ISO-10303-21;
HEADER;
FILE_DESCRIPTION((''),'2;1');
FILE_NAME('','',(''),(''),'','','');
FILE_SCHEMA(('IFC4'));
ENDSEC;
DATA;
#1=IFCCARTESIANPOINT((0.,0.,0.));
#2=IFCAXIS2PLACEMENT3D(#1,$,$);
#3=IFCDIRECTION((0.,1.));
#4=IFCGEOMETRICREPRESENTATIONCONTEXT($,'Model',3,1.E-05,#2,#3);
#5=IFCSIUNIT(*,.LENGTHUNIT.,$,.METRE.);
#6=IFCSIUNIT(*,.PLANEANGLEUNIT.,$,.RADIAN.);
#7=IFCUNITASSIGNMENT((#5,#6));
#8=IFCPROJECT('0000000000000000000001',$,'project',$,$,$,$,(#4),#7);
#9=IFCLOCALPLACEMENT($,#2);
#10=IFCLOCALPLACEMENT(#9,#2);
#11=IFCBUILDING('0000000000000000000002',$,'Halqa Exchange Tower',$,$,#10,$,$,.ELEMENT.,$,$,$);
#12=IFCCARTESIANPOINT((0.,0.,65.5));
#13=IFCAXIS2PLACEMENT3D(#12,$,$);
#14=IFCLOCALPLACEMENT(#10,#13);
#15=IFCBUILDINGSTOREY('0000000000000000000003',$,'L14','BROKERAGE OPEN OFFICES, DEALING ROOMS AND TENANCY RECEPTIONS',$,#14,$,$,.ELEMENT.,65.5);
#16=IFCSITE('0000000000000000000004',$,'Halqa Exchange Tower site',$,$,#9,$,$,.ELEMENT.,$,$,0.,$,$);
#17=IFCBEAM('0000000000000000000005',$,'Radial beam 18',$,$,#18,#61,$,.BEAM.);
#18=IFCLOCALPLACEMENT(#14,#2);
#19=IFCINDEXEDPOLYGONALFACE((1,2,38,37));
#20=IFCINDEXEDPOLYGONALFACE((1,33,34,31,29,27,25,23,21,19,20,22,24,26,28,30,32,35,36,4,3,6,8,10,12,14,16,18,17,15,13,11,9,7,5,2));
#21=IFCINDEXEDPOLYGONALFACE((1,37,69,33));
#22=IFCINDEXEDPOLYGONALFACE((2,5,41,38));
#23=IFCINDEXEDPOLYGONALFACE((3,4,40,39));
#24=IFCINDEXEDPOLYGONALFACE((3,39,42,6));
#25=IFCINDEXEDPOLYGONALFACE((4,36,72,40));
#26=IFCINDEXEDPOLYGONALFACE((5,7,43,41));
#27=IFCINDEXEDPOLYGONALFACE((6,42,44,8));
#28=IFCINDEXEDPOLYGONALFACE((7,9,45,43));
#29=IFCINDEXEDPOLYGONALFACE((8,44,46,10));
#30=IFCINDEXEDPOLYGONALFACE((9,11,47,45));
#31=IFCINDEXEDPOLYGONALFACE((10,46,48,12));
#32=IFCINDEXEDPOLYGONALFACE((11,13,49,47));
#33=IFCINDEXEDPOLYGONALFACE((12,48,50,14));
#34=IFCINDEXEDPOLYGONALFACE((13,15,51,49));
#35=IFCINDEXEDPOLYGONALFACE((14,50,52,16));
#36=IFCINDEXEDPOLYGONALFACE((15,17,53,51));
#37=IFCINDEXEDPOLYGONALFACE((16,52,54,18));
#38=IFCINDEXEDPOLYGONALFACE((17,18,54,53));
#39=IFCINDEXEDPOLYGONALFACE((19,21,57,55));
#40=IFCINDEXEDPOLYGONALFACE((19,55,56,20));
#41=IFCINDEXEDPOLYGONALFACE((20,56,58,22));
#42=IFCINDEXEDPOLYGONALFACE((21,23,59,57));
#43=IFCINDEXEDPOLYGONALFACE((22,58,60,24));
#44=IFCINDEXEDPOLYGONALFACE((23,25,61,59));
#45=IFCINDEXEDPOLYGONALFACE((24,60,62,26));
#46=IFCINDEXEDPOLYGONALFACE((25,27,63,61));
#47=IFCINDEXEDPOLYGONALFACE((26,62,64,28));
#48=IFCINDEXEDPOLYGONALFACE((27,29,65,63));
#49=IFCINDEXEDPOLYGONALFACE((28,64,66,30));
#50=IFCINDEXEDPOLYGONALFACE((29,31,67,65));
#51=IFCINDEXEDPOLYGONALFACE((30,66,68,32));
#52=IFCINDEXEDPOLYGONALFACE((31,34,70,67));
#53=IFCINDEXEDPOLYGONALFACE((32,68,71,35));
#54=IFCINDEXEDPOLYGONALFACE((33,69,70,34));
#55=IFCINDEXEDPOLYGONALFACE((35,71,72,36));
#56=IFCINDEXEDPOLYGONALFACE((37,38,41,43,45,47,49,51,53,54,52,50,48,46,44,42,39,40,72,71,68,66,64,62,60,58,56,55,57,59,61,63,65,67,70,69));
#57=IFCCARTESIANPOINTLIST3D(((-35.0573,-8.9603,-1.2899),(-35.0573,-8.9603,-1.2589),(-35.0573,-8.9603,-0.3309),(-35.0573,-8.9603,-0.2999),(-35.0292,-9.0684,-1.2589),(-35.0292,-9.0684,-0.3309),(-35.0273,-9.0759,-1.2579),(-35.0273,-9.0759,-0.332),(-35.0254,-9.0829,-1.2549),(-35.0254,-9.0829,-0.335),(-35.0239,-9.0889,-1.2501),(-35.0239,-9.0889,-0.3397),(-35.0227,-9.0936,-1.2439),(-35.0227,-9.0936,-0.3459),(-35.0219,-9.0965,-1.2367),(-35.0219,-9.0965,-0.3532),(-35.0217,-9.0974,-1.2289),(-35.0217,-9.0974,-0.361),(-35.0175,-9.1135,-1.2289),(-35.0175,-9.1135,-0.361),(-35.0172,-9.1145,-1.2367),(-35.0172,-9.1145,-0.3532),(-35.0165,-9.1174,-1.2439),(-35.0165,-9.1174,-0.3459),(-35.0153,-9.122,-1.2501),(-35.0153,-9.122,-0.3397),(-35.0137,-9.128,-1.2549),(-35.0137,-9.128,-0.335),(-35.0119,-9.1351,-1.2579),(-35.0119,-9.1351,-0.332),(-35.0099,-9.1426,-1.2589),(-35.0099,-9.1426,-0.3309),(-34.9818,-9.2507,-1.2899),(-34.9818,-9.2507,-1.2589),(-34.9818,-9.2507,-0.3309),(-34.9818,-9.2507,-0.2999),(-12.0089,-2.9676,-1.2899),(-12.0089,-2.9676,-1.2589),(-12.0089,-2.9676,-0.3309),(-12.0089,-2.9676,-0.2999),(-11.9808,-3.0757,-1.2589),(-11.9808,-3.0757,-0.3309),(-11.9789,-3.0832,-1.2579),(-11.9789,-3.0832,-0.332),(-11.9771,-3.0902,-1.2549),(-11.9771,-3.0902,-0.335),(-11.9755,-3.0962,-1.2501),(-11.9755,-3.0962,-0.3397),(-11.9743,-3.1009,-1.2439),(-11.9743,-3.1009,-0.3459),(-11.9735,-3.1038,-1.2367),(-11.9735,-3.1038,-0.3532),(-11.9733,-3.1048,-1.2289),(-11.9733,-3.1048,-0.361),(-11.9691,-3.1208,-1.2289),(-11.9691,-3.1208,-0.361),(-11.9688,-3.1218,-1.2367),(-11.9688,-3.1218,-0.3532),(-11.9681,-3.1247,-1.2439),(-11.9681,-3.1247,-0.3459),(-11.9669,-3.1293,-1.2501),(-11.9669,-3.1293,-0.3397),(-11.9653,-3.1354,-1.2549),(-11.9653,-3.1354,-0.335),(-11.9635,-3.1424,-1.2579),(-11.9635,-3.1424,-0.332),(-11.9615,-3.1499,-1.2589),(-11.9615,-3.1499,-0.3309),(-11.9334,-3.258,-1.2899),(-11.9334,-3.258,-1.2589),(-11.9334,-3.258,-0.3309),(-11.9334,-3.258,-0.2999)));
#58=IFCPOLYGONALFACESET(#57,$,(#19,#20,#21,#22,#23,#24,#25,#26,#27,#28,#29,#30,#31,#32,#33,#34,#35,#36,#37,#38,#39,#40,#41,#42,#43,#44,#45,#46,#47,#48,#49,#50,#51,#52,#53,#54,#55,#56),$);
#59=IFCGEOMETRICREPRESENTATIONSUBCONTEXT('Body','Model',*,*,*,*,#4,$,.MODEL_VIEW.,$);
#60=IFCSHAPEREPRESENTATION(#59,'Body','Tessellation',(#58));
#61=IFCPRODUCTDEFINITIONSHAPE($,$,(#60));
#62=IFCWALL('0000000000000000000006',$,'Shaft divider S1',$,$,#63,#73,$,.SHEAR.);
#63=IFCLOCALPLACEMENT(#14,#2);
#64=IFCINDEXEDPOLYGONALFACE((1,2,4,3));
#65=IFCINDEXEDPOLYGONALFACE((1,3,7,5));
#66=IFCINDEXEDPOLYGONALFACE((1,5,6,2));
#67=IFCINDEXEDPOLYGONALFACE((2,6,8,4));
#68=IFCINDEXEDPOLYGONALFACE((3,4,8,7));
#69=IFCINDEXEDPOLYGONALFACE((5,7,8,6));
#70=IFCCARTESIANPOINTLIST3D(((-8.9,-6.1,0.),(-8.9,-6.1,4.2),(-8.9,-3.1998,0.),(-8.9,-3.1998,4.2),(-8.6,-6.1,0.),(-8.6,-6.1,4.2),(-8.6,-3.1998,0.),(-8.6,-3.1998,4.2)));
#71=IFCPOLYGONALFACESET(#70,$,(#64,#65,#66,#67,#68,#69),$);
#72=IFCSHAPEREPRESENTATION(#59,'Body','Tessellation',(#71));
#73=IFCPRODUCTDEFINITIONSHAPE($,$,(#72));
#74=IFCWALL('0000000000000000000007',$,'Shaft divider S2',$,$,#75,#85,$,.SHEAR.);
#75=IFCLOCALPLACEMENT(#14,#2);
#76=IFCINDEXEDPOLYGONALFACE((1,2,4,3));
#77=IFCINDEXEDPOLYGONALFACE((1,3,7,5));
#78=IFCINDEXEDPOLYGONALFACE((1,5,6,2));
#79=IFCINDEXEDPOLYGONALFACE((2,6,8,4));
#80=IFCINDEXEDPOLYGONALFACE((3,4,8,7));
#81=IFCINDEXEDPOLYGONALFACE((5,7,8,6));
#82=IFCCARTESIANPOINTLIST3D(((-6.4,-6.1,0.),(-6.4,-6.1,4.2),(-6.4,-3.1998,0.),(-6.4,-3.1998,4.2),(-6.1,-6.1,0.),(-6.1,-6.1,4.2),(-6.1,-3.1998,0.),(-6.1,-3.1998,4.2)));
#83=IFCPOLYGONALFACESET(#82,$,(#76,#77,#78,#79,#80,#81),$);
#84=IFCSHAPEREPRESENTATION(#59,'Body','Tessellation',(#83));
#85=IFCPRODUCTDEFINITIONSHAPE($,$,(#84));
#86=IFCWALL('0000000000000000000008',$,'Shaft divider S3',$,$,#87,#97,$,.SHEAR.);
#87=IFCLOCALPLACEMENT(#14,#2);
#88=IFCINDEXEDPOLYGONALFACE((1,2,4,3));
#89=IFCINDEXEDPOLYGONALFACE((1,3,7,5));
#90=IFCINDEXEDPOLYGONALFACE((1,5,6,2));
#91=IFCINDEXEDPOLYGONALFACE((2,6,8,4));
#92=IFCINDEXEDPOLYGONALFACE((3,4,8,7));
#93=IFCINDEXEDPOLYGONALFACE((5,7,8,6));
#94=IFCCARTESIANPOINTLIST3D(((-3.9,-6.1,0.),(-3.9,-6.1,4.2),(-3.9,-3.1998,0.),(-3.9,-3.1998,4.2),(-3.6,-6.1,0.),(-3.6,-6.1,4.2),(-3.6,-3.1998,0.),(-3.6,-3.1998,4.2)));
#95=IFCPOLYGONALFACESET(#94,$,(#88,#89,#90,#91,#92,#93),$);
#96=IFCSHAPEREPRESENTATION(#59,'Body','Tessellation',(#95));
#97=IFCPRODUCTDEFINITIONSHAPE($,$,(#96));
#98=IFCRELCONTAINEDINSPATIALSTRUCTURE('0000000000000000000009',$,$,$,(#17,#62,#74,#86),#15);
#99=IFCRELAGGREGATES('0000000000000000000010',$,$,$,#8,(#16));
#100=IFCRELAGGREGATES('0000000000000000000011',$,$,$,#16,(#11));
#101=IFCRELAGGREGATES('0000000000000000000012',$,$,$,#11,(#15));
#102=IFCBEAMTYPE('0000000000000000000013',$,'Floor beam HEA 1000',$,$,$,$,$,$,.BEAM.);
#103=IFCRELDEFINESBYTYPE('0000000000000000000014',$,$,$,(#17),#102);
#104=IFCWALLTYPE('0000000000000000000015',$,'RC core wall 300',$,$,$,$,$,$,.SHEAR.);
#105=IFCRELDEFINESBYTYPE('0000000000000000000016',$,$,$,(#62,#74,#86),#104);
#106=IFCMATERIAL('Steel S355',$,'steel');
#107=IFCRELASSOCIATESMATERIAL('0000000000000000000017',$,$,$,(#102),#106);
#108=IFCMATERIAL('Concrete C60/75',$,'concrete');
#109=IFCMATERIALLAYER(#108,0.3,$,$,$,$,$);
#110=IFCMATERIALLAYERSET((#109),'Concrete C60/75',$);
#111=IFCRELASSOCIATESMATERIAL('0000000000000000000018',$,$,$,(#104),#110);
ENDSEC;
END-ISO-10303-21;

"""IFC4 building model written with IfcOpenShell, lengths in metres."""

from ifc_helpers import new_model, si_unit, direction, frame, frame_2d, origin, origin_2d, place, context, subcontext, project, spatial, rectangle, i_section, extrude, material, layer, layer_set, material_profile, profile_set, type_object, element, save


model = new_model("IFC4")

# Units and contexts
model_context = context("Model", 3, precision=1e-05, world=origin(), true_north=direction((0.0, 1.0)))
body_context = subcontext(model_context, "Body", "Model", "MODEL_VIEW")
ifc_project = project(units=[si_unit("LENGTHUNIT", "METRE"), si_unit("PLANEANGLEUNIT", "RADIAN")], contexts=[model_context])

# Site, building, storey
site_placement = place(None, origin())
site = spatial("IfcSite", under=ifc_project, at=site_placement, Name="Halqa Exchange Tower site", CompositionType="ELEMENT", RefElevation=0.0)
building_placement = place(site_placement, origin())
building = spatial("IfcBuilding", under=site, at=building_placement, Name="Halqa Exchange Tower", CompositionType="ELEMENT")
storey_placement = place(building_placement, frame((0.0, 0.0, 65.5)))
storey = spatial("IfcBuildingStorey", under=building, at=storey_placement, Name="L14", Description="BROKERAGE OPEN OFFICES, DEALING ROOMS AND TENANCY RECEPTIONS", CompositionType="ELEMENT", Elevation=65.5)

# Beam
ifc_material_1 = material(Name="Steel S355", Category="steel")
ifc_material_profile = material_profile(ifc_material_1, i_section(OverallWidth=0.3, OverallDepth=0.99, WebThickness=0.0166, FlangeThickness=0.031, FilletRadius=0.03, at=origin_2d()), Name="HEA 1000")
ifc_profile_set = profile_set([ifc_material_profile], Name="Steel S355")
beam_type = type_object("IfcBeamType", Name="Floor beam HEA 1000", PredefinedType="BEAM", material=ifc_profile_set)
beam_placement = place(storey_placement, frame((-11.9712, -3.1128, -0.7949), z_axis=(-0.967821, -0.251638, 0.0), x_axis=(0.251638, -0.967821, 0.0)))
element("IfcBeam", 1, at=beam_placement, inside=storey, type_object=beam_type, Name="Radial beam 18", PredefinedType="BEAM", context=body_context, shape_type="SweptSolid", body=[
    extrude(i_section(OverallWidth=0.3, OverallDepth=0.99, WebThickness=0.0166, FlangeThickness=0.031, FilletRadius=0.03, at=origin_2d()), origin(), (0.0, 0.0, 1.0), 23.8147),
])

# Walls
ifc_material_2 = material(Name="Concrete C60/75", Category="concrete")
ifc_layer_1 = layer(ifc_material_2, 0.3)
ifc_layer_set_1 = layer_set([ifc_layer_1], Name="Concrete C60/75")
wall_type_1 = type_object("IfcWallType", Name="RC core wall 300", PredefinedType="SHEAR", material=ifc_layer_set_1)
for number, where, z_axis, x_axis, name in (
    (2, (-8.75, -6.1001, 0.0), (0.0, 0.0, 1.0), (0.0, 1.0, 0.0), "Shaft divider S1"),
    (3, (-6.25, -6.1001, 0.0), (0.0, 0.0, 1.0), (0.0, 1.0, 0.0), "Shaft divider S2"),
    (4, (-3.75, -6.1001, 0.0), (0.0, 0.0, 1.0), (0.0, 1.0, 0.0), "Shaft divider S3"),
):
    element("IfcWall", number, at=place(storey_placement, frame(where, z_axis=z_axis, x_axis=x_axis)), inside=storey, type_object=wall_type_1, Name=name, PredefinedType="SHEAR", context=body_context, shape_type="SweptSolid", body=[
        extrude(rectangle(XDim=2.9001, YDim=0.3, at=frame_2d((1.4502, 0.0))), origin(), (0.0, 0.0, 1.0), 4.2),
    ])

save(model, "model.ifc")
